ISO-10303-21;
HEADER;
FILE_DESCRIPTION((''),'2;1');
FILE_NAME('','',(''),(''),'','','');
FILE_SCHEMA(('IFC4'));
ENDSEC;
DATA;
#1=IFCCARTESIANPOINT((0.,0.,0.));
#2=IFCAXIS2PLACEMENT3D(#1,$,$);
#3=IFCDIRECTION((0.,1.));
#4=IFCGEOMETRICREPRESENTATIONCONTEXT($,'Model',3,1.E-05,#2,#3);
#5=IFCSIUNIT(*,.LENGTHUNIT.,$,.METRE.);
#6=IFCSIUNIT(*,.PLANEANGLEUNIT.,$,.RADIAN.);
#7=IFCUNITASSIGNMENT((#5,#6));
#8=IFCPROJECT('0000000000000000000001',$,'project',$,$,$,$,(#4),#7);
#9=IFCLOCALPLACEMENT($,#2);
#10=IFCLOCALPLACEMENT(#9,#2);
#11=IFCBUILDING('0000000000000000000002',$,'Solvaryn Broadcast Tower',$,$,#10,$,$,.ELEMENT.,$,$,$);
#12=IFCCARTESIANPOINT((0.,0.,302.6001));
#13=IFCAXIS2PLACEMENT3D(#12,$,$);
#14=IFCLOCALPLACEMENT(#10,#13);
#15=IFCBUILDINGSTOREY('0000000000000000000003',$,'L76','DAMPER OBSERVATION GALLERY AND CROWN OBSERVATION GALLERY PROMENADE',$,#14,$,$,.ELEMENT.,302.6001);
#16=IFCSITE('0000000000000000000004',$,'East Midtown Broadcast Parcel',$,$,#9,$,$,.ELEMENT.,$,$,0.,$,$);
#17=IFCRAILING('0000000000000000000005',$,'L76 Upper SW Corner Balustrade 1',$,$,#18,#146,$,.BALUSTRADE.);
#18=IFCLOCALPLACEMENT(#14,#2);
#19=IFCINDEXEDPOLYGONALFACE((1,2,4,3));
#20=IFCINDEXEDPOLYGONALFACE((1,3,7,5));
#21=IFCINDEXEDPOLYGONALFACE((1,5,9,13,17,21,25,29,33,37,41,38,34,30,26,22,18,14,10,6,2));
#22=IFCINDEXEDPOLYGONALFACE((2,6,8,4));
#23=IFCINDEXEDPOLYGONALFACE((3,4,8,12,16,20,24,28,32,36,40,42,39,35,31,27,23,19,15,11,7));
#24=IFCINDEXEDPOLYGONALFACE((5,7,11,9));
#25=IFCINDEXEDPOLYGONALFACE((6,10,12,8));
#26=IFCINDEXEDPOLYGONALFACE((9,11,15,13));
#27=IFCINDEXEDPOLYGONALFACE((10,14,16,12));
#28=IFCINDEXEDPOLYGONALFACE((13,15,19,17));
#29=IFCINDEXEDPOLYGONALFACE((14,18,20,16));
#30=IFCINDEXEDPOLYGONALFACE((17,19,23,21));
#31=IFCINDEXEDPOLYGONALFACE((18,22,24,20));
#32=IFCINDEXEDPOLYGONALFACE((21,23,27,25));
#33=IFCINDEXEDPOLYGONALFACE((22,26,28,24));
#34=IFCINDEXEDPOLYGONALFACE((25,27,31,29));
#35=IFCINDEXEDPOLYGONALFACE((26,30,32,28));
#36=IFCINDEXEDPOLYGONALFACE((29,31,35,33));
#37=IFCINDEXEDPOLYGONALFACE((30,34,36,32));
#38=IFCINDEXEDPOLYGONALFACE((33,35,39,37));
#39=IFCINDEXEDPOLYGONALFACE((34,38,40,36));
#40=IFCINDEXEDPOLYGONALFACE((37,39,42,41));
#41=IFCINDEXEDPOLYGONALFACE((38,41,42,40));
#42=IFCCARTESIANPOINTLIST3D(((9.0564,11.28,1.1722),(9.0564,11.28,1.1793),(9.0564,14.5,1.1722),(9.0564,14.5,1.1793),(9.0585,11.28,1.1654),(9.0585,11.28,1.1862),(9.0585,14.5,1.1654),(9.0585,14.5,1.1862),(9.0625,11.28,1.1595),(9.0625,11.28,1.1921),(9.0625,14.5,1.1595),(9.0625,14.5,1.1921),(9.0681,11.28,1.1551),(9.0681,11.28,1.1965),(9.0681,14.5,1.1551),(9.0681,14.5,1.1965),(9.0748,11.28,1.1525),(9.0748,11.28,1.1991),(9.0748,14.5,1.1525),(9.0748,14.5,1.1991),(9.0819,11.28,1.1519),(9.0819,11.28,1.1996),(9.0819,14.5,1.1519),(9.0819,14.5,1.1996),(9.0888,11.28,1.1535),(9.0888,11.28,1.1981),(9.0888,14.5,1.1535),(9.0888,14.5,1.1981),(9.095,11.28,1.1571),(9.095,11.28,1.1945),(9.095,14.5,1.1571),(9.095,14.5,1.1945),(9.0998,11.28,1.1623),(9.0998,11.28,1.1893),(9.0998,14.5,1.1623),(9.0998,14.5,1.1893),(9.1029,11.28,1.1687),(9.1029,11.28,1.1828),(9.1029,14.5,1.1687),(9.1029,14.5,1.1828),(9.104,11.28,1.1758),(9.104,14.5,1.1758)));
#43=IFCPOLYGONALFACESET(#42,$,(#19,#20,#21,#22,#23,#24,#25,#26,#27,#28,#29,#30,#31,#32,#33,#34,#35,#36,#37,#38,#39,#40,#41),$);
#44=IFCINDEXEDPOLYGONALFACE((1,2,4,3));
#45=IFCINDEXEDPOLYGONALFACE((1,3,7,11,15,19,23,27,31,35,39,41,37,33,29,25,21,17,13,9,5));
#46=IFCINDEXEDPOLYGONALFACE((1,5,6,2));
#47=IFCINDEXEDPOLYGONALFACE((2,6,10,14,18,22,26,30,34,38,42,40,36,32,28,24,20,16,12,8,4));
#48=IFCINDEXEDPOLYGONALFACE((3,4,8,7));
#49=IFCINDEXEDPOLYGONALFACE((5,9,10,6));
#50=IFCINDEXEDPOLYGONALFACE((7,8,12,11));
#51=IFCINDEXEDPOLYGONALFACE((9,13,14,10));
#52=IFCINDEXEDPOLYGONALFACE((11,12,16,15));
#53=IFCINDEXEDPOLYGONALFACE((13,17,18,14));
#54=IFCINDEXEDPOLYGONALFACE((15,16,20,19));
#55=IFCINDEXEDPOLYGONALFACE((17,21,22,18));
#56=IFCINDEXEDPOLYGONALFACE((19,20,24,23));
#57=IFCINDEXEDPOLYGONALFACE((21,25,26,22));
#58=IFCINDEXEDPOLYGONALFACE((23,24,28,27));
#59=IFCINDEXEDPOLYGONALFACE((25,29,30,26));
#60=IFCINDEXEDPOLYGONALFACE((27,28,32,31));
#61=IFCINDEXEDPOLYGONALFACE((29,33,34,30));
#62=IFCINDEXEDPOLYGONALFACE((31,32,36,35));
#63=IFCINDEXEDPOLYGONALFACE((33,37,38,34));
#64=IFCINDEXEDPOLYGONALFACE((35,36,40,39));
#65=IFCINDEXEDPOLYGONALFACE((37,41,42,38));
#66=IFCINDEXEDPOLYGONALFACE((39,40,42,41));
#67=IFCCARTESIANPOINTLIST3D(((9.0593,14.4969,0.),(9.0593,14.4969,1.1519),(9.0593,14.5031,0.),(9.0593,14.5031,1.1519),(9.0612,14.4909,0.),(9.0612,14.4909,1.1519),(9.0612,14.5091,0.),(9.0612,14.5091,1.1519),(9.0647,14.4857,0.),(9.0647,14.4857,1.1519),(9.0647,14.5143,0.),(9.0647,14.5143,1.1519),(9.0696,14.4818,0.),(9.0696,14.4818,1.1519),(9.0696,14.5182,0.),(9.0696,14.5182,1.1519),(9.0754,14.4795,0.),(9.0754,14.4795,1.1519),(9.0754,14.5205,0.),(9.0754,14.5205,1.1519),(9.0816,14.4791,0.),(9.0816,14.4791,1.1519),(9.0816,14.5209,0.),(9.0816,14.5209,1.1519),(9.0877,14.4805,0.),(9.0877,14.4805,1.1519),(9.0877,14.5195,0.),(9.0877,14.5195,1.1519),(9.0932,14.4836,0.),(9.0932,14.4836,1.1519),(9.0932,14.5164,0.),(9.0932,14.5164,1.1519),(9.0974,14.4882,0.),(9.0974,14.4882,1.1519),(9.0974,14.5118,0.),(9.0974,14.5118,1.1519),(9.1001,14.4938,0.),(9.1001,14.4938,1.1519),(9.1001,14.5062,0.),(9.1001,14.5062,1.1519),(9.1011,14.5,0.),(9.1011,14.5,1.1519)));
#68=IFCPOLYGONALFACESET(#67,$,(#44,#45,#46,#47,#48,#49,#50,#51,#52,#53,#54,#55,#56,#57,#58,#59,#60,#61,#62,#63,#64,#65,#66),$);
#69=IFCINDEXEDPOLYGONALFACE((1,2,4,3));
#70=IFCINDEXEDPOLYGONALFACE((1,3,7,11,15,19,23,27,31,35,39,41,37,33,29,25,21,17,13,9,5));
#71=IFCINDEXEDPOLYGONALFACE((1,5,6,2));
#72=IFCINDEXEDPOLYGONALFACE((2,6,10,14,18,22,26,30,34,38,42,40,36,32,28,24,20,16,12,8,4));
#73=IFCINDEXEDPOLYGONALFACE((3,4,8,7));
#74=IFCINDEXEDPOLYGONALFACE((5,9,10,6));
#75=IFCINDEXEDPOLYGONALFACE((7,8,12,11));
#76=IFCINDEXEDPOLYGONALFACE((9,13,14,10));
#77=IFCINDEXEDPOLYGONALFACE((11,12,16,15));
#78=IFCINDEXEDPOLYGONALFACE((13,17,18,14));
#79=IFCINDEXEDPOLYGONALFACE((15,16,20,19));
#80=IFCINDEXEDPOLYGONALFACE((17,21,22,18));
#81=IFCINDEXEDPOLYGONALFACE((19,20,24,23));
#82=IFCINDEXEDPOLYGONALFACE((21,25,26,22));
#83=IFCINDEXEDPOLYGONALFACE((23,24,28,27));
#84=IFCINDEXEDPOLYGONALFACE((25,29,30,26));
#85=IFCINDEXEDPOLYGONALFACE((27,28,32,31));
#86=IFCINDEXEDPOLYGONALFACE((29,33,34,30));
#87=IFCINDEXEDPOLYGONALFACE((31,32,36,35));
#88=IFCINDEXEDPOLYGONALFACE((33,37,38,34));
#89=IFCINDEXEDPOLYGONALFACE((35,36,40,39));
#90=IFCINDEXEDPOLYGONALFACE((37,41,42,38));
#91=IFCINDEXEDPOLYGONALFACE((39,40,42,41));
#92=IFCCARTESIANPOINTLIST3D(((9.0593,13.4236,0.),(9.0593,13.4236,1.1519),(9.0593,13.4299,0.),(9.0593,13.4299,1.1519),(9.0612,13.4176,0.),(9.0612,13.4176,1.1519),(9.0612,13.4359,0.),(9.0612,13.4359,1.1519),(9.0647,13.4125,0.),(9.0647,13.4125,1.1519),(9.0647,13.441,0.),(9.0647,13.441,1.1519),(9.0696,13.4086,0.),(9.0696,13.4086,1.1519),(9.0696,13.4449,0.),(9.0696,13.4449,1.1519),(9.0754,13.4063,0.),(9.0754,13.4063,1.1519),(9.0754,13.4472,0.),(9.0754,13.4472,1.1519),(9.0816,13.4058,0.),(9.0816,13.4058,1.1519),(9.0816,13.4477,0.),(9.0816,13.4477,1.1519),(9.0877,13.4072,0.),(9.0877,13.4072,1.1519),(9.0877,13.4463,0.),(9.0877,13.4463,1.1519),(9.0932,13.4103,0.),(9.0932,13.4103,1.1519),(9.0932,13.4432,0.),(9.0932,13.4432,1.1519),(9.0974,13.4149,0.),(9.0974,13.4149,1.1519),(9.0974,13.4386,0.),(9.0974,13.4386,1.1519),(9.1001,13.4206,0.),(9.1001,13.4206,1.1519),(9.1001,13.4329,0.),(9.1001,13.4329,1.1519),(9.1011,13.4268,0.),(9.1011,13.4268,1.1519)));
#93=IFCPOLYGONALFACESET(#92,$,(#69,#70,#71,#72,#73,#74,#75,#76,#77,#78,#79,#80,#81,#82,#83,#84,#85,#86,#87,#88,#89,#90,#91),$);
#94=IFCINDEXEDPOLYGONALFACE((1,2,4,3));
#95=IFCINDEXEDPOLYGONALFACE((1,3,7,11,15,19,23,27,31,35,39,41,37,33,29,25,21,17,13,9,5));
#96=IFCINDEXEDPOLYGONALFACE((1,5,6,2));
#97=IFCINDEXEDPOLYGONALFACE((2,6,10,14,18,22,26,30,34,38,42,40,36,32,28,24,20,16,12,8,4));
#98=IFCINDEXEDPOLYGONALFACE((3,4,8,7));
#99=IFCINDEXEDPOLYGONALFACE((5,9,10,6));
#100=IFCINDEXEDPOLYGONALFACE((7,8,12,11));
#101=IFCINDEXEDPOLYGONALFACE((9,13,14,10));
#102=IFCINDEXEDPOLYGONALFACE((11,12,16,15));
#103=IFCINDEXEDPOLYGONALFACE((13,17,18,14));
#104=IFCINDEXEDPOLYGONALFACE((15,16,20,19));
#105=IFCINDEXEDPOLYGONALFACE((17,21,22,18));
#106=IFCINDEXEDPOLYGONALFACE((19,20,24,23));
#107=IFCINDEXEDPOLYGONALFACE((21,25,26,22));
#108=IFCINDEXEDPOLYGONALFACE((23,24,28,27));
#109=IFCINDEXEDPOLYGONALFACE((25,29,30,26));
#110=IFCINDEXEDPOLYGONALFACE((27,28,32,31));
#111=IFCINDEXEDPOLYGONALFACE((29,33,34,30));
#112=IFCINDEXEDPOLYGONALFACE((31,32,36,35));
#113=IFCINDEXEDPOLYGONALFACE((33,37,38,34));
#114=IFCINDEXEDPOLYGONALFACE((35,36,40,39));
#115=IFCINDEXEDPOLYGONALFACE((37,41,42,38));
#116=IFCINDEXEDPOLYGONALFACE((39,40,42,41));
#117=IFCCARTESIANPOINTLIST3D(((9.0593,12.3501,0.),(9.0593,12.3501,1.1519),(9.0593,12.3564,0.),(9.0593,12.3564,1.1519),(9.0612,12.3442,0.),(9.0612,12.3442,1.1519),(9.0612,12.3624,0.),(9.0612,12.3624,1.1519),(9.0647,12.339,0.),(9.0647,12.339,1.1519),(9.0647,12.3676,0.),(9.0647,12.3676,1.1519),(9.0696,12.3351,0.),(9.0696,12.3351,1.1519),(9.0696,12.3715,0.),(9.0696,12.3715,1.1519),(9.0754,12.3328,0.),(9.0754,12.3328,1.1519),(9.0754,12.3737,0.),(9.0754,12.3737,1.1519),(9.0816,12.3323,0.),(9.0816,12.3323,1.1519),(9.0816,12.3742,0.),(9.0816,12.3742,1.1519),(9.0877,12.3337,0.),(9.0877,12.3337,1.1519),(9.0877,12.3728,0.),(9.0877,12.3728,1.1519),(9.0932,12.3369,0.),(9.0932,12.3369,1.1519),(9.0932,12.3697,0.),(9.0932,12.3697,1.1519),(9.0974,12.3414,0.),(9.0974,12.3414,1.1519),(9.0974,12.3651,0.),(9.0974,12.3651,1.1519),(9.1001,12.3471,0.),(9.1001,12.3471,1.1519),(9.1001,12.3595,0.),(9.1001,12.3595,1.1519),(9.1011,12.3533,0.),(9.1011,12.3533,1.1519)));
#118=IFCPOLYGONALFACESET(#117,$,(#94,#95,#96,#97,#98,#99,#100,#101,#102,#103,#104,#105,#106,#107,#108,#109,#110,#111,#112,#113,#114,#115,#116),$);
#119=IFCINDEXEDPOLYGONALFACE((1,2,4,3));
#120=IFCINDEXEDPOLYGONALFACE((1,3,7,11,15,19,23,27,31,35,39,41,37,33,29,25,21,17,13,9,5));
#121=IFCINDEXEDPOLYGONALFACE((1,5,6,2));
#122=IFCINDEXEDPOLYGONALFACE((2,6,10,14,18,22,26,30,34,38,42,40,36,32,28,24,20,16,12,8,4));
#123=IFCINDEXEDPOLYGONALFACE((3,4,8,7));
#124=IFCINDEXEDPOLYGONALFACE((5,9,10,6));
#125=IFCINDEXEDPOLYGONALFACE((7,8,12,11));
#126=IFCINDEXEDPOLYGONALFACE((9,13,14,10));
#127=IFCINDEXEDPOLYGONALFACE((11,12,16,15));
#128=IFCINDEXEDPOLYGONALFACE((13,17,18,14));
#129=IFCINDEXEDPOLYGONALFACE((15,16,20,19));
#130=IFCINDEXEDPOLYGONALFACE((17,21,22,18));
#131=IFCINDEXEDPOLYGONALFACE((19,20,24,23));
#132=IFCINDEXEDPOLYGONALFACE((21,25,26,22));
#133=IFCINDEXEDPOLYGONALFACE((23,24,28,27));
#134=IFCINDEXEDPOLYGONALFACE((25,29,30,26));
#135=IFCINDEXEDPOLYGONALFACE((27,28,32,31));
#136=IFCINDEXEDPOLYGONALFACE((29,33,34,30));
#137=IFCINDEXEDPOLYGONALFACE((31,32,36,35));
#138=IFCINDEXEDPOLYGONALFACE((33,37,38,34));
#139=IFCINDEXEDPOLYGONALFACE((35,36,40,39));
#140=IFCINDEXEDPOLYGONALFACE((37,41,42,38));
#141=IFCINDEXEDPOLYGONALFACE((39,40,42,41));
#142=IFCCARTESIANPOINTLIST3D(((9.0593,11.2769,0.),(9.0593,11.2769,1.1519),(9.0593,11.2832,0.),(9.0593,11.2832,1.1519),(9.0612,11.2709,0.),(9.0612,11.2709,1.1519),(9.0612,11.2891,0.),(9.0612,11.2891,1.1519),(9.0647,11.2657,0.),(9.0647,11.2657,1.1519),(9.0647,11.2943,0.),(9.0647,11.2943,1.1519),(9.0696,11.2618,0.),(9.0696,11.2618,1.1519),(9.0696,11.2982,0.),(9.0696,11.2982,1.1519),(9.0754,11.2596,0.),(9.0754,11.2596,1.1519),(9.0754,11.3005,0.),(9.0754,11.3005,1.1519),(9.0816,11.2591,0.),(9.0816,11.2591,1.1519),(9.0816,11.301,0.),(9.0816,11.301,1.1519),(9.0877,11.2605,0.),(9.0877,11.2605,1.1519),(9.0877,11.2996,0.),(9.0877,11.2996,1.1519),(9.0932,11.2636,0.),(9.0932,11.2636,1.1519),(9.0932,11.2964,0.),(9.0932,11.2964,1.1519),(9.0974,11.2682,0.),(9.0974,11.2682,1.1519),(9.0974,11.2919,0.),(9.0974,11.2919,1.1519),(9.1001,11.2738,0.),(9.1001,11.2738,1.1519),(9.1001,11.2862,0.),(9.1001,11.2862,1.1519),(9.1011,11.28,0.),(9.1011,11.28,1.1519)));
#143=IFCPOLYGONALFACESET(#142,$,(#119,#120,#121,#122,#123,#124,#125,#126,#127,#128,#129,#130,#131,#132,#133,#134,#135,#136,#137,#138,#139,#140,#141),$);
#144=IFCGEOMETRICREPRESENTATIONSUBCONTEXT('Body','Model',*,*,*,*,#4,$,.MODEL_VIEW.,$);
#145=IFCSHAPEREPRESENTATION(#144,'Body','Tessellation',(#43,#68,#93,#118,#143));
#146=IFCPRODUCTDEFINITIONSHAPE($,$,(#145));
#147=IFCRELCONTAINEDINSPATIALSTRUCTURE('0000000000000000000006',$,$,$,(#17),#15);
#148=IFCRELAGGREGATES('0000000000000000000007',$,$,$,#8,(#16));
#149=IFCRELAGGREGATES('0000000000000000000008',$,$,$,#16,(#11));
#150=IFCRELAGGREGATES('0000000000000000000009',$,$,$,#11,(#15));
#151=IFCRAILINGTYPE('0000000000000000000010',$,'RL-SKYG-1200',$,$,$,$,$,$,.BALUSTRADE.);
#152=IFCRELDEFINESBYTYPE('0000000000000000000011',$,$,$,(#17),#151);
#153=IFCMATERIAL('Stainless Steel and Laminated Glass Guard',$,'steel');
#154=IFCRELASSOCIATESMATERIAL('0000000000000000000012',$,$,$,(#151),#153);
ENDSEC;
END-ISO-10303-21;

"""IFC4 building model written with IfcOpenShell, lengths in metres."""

from ifc_helpers import new_model, si_unit, direction, frame, origin, origin_2d, place, context, subcontext, project, spatial, circle, extrude, material, type_object, element, save


model = new_model("IFC4")

# Units and contexts
model_context = context("Model", 3, precision=1e-05, world=origin(), true_north=direction((0.0, 1.0)))
body_context = subcontext(model_context, "Body", "Model", "MODEL_VIEW")
ifc_project = project(units=[si_unit("LENGTHUNIT", "METRE"), si_unit("PLANEANGLEUNIT", "RADIAN")], contexts=[model_context])

# Site, building, storey
site_placement = place(None, origin())
site = spatial("IfcSite", under=ifc_project, at=site_placement, Name="East Midtown Broadcast Parcel", CompositionType="ELEMENT", RefElevation=0.0)
building_placement = place(site_placement, origin())
building = spatial("IfcBuilding", under=site, at=building_placement, Name="Solvaryn Broadcast Tower", CompositionType="ELEMENT")
storey_placement = place(building_placement, frame((0.0, 0.0, 302.6001)))
storey = spatial("IfcBuildingStorey", under=building, at=storey_placement, Name="L76", Description="DAMPER OBSERVATION GALLERY AND CROWN OBSERVATION GALLERY PROMENADE", CompositionType="ELEMENT", Elevation=302.6001)

# Railing
ifc_material_1 = material(Name="Stainless Steel and Laminated Glass Guard", Category="steel")
railing_type = type_object("IfcRailingType", Name="RL-SKYG-1200", PredefinedType="BALUSTRADE", material=ifc_material_1)
railing_placement = place(storey_placement, frame((9.0801, 14.5, 0.0)))
element("IfcRailing", 1, at=railing_placement, inside=storey, type_object=railing_type, Name="L76 Upper SW Corner Balustrade 1", PredefinedType="BALUSTRADE", context=body_context, shape_type="SweptSolid", body=[
    extrude(circle(Radius=0.0239, at=origin_2d()), frame((0.0, 0.0, 1.1758), z_axis=(0.0, -1.0, 0.0), x_axis=(1.0, 0.0, 0.0)), (0.0, 0.0, 1.0), 3.22),
    extrude(circle(Radius=0.021, at=origin_2d()), origin(), (0.0, 0.0, 1.0), 1.1519),
    extrude(circle(Radius=0.021, at=origin_2d()), frame((0.0, -1.0732, 0.0)), (0.0, 0.0, 1.0), 1.1519),
    extrude(circle(Radius=0.021, at=origin_2d()), frame((0.0, -2.1467, 0.0)), (0.0, 0.0, 1.0), 1.1519),
    extrude(circle(Radius=0.021, at=origin_2d()), frame((0.0, -3.22, 0.0)), (0.0, 0.0, 1.0), 1.1519),
])

save(model, "model.ifc")
